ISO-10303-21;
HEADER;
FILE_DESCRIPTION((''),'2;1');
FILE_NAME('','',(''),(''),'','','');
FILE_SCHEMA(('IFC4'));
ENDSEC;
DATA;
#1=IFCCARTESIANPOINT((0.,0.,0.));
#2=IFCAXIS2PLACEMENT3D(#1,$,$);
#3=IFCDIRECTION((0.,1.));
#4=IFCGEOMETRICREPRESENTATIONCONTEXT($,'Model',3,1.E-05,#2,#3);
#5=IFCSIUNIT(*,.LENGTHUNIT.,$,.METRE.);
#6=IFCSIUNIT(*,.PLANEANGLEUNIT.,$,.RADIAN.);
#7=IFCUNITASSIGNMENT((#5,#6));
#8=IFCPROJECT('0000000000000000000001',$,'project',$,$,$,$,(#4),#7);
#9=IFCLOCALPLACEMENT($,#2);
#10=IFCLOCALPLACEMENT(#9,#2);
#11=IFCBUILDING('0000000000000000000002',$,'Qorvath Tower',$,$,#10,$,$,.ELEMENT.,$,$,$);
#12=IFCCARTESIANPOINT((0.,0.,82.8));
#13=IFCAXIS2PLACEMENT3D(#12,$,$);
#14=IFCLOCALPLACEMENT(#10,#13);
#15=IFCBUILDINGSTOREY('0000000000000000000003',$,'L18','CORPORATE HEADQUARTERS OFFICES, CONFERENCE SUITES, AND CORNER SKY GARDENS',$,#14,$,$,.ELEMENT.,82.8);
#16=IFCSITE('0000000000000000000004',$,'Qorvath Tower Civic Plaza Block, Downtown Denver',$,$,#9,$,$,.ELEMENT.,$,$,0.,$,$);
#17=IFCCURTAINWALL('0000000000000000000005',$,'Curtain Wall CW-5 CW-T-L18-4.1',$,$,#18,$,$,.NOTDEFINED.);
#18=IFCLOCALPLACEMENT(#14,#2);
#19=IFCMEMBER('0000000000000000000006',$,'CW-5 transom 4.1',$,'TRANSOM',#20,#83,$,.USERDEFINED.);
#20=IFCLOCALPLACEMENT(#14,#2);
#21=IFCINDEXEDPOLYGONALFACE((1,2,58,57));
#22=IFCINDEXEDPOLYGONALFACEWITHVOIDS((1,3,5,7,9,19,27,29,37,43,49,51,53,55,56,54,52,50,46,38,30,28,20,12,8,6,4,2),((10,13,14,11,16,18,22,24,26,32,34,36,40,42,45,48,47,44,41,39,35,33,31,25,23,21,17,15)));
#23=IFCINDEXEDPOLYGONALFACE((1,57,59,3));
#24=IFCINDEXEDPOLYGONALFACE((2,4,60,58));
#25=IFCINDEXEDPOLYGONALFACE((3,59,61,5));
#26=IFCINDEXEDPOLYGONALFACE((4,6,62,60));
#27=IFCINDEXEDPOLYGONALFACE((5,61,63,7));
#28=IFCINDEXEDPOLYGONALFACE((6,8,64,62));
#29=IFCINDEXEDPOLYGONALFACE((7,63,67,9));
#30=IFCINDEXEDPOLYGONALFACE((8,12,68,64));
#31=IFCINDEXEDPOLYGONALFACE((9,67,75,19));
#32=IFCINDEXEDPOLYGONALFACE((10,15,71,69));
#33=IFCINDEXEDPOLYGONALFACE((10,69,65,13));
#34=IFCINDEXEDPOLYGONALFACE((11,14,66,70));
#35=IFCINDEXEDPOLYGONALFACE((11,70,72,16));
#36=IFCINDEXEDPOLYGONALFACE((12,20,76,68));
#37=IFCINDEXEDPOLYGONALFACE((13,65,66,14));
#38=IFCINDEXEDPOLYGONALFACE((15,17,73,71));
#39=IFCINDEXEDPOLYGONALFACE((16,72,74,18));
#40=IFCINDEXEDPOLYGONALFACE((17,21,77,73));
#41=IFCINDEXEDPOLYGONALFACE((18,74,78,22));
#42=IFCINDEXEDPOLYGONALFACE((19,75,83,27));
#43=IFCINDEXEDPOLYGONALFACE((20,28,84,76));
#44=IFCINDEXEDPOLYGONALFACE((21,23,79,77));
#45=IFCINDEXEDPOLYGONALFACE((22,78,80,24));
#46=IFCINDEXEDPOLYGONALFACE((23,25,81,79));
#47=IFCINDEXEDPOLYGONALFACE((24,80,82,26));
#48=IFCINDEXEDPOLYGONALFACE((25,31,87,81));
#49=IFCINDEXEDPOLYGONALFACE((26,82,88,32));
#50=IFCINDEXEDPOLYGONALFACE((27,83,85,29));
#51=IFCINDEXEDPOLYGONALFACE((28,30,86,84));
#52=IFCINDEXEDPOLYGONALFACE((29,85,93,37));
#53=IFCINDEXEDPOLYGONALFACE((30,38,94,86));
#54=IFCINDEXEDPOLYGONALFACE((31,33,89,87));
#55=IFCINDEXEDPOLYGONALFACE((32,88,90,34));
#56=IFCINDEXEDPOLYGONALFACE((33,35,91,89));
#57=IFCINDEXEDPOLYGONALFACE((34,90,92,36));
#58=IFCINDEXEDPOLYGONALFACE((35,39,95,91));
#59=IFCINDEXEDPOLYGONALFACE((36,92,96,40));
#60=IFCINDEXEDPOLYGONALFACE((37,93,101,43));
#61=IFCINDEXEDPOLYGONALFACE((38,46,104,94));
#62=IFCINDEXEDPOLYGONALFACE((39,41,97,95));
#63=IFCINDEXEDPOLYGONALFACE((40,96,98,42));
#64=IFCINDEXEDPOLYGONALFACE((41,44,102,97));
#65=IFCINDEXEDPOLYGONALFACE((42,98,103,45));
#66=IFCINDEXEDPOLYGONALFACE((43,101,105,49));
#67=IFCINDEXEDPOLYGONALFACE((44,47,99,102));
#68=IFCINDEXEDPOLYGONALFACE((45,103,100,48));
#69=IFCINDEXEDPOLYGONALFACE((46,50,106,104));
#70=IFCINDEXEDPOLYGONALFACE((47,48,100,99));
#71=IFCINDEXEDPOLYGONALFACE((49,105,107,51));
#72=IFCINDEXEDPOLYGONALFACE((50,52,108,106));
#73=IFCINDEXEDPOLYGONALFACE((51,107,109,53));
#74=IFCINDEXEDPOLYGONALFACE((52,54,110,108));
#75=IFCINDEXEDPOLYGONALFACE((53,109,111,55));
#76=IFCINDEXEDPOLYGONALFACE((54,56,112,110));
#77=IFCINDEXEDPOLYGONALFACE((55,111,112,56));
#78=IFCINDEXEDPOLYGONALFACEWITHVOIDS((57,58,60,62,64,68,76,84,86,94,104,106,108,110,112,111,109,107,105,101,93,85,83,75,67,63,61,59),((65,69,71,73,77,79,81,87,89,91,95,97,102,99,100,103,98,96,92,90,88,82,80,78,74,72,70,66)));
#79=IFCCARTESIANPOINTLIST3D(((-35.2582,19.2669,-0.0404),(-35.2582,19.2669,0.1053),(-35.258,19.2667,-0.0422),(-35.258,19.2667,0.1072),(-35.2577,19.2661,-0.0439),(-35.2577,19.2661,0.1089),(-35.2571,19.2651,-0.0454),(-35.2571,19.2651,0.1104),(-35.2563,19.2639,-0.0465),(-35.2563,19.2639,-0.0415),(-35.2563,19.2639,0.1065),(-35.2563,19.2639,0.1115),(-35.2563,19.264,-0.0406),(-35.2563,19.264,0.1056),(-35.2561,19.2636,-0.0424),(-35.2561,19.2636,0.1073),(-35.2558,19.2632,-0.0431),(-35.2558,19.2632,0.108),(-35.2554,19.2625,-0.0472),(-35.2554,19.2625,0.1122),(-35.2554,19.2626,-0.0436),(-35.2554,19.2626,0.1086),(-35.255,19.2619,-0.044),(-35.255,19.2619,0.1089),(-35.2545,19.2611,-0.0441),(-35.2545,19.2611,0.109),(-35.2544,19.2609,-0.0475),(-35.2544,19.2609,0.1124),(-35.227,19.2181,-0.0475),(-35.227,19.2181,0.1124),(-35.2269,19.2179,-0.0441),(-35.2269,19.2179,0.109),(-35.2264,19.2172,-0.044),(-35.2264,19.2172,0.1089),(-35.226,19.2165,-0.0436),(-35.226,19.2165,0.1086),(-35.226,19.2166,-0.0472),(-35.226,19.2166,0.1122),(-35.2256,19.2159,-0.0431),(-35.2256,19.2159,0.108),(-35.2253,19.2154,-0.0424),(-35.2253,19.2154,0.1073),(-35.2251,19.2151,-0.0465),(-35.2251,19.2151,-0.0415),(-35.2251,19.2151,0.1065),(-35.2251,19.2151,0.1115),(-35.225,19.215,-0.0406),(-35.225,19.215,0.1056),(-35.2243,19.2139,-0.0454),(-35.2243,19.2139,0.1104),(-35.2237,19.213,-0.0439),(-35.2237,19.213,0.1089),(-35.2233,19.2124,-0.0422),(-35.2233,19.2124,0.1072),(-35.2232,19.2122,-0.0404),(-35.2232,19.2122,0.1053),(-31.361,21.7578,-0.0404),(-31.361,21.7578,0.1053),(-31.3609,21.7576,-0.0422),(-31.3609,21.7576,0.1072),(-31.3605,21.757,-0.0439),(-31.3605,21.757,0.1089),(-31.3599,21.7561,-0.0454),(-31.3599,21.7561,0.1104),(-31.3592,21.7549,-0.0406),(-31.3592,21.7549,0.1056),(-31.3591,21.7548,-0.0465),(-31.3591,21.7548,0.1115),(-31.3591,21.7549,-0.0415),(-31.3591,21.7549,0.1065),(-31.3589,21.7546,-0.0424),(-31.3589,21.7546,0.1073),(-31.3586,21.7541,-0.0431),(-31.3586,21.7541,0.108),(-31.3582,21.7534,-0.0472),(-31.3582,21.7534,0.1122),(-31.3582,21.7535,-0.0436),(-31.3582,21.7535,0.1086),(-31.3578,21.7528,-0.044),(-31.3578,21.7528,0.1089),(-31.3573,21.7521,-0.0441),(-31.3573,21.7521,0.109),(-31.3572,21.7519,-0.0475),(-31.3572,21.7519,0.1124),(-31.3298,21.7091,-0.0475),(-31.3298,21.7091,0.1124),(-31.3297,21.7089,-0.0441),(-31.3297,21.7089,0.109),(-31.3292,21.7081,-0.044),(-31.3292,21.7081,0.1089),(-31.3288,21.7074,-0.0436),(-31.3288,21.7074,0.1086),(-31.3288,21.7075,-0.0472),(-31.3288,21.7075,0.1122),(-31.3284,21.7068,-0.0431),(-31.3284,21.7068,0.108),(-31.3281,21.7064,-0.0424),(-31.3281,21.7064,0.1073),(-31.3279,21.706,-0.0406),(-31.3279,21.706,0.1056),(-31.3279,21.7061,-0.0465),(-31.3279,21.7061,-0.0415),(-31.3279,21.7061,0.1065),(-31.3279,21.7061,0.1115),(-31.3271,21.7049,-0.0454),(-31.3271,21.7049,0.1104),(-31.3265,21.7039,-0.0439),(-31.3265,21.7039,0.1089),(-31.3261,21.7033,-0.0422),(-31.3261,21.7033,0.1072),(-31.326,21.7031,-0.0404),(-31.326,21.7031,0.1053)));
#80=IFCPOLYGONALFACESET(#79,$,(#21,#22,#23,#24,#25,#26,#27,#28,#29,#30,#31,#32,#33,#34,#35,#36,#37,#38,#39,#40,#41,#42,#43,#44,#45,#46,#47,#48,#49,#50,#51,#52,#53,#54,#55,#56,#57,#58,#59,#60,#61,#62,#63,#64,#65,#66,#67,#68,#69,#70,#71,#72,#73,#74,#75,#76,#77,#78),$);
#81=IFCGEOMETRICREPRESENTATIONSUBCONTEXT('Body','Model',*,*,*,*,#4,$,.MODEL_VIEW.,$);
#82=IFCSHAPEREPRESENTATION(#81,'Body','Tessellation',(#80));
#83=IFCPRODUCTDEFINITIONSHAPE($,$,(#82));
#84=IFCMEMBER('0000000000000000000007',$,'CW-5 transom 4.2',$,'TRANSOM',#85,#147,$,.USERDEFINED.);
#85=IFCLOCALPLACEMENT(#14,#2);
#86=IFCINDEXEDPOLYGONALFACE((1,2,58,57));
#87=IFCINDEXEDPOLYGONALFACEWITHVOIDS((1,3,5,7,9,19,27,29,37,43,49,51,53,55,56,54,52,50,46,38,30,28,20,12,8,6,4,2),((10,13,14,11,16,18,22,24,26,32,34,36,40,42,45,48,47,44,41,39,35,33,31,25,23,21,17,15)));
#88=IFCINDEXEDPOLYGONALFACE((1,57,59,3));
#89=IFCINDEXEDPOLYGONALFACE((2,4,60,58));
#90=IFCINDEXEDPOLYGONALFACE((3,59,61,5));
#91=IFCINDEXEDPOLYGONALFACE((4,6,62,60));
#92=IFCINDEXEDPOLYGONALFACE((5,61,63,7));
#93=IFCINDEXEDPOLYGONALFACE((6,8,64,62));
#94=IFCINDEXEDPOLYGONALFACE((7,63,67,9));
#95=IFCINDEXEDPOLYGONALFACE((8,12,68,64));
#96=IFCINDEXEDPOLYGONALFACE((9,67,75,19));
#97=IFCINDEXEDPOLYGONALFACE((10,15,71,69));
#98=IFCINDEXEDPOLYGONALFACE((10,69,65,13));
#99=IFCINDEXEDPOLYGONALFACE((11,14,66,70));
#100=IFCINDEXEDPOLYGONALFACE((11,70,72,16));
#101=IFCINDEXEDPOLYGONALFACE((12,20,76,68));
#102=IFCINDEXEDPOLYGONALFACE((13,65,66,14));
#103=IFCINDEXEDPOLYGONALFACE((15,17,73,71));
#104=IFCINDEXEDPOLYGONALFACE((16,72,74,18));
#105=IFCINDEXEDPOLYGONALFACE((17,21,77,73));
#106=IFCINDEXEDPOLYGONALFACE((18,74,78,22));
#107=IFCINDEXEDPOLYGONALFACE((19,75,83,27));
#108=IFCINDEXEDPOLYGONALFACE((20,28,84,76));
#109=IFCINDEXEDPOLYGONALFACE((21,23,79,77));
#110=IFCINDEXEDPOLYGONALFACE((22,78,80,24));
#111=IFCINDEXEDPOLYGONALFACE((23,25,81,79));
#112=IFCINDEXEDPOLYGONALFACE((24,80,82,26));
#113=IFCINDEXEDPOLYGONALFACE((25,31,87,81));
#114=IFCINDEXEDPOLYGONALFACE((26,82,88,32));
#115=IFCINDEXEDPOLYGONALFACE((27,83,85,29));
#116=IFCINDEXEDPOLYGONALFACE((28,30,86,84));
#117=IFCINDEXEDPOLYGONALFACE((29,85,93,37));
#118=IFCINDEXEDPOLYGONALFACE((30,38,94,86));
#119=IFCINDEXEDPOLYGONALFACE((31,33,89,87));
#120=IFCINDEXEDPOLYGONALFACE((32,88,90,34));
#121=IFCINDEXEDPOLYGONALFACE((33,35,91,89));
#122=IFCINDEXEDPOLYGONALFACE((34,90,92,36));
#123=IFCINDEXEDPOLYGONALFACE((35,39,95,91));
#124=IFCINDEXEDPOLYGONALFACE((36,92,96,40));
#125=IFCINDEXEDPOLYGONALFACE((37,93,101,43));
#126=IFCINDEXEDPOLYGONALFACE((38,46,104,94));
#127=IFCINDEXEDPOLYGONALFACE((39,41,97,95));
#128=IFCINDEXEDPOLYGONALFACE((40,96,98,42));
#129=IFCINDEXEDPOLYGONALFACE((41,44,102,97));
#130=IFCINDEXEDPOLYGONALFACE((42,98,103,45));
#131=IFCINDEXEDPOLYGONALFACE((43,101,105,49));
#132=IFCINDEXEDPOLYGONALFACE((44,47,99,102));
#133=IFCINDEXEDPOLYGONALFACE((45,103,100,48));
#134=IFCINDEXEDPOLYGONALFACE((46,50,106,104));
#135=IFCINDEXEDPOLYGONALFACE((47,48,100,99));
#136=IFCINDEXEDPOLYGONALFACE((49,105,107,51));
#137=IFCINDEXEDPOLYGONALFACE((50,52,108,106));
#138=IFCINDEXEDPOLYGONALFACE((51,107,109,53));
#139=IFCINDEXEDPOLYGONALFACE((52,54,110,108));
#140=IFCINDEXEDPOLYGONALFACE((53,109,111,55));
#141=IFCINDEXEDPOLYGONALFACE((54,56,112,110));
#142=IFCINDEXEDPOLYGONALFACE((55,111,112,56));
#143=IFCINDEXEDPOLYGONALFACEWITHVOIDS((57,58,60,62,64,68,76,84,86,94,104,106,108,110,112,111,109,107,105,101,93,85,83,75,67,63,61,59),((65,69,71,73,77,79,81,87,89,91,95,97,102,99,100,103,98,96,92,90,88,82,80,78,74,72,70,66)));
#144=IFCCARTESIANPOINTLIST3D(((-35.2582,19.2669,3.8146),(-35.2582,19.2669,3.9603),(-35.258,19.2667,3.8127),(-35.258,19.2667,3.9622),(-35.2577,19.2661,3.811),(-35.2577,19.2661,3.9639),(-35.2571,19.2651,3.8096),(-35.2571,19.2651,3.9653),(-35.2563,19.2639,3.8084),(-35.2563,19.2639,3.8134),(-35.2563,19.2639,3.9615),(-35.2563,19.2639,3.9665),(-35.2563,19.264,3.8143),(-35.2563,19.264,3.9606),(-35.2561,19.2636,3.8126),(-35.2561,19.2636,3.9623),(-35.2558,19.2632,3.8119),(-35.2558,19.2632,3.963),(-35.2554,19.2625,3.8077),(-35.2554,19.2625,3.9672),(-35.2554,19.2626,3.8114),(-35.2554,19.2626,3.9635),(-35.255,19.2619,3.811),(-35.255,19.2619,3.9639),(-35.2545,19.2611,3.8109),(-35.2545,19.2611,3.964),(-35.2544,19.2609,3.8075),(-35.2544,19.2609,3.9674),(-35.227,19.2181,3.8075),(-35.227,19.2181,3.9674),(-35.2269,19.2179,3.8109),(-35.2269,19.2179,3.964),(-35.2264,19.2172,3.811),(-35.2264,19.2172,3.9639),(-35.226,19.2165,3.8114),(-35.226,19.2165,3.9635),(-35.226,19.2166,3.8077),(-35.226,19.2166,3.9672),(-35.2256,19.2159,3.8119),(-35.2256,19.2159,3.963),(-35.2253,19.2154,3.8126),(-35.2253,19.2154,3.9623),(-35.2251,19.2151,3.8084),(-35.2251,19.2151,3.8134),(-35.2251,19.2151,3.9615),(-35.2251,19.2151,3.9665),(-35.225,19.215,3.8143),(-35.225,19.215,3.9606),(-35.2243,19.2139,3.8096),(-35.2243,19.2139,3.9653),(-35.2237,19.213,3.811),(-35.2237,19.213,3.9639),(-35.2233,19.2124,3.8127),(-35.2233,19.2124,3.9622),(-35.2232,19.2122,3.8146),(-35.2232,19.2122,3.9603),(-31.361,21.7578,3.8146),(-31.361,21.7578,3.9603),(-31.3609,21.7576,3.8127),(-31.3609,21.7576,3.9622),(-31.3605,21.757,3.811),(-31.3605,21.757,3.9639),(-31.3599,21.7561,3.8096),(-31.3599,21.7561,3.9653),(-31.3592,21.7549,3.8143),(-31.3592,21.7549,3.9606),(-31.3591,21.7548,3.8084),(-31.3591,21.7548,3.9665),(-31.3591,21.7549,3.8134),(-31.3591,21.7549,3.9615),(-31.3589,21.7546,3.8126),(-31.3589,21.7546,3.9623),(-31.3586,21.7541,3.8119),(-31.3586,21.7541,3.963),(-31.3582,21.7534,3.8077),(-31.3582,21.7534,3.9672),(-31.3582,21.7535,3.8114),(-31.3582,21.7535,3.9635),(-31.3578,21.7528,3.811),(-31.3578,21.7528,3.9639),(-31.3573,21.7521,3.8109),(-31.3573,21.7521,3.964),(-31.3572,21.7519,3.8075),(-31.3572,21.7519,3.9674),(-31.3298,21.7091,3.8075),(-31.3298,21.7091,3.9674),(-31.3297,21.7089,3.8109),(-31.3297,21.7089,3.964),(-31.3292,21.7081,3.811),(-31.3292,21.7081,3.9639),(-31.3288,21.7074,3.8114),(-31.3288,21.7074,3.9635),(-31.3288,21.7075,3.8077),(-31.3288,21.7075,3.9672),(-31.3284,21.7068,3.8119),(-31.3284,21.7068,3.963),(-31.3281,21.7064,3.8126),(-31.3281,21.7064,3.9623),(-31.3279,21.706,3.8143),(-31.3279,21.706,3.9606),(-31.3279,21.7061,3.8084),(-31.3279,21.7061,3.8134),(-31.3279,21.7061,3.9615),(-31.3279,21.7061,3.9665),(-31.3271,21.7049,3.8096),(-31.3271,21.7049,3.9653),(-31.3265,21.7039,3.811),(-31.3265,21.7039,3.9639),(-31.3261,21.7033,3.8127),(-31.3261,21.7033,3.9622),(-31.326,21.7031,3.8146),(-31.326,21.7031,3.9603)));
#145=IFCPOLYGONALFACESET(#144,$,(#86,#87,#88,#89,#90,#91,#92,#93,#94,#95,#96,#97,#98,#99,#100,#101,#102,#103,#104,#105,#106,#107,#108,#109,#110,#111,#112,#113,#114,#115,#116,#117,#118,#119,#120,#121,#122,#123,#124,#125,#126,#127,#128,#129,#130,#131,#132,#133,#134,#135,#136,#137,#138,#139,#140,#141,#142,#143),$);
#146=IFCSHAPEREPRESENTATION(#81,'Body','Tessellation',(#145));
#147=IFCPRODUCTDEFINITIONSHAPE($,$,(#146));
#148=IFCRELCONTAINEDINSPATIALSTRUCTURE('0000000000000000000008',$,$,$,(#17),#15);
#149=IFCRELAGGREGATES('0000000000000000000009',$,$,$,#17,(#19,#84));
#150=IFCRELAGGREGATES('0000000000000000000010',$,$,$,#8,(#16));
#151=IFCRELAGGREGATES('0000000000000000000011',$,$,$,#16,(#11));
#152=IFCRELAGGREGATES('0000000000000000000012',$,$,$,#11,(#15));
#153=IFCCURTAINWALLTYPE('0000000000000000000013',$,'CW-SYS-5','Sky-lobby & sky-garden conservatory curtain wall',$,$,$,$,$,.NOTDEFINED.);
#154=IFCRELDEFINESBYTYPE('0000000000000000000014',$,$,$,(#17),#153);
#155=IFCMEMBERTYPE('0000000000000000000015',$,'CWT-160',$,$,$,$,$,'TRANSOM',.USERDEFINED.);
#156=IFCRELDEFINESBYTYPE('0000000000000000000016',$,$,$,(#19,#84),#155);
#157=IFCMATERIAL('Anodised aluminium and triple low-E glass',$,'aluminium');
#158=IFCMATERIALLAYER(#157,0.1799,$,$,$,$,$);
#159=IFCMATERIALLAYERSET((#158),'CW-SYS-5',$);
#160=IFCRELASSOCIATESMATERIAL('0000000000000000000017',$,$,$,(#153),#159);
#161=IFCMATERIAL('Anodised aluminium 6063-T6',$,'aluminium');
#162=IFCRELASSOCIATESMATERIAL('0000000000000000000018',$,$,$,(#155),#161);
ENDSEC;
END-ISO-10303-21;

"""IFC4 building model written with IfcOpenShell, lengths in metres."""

from ifc_helpers import new_model, si_unit, direction, frame, origin, origin_2d, place, context, subcontext, project, spatial, hollow_rectangle, extrude, material, layer, layer_set, material_profile, profile_set, type_object, element, aggregate, save


model = new_model("IFC4")

# Units and contexts
model_context = context("Model", 3, precision=1e-05, world=origin(), true_north=direction((0.0, 1.0)))
body_context = subcontext(model_context, "Body", "Model", "MODEL_VIEW")
ifc_project = project(units=[si_unit("LENGTHUNIT", "METRE"), si_unit("PLANEANGLEUNIT", "RADIAN")], contexts=[model_context])

# Site, building, storey
site_placement = place(None, origin())
site = spatial("IfcSite", under=ifc_project, at=site_placement, Name="Qorvath Tower Civic Plaza Block, Downtown Denver", CompositionType="ELEMENT", RefElevation=0.0)
building_placement = place(site_placement, origin())
building = spatial("IfcBuilding", under=site, at=building_placement, Name="Qorvath Tower", CompositionType="ELEMENT")
storey_placement = place(building_placement, frame((0.0, 0.0, 82.8)))
storey = spatial("IfcBuildingStorey", under=building, at=storey_placement, Name="L18", Description="CORPORATE HEADQUARTERS OFFICES, CONFERENCE SUITES, AND CORNER SKY GARDENS", CompositionType="ELEMENT", Elevation=82.8)

# Curtain wall
ifc_material_1 = material(Name="Anodised aluminium and triple low-E glass", Category="aluminium")
ifc_layer_1 = layer(ifc_material_1, 0.1799)
ifc_layer_set_1 = layer_set([ifc_layer_1], Name="CW-SYS-5")
curtain_wall_type = type_object("IfcCurtainWallType", Name="CW-SYS-5", Description="Sky-lobby & sky-garden conservatory curtain wall", PredefinedType="NOTDEFINED", material=ifc_layer_set_1)
curtain_wall_1_placement = place(storey_placement, origin())
curtain_wall_1 = element("IfcCurtainWall", 1, at=curtain_wall_1_placement, inside=storey, type_object=curtain_wall_type, Name="Curtain Wall CW-5 CW-T-L18-4.1", PredefinedType="NOTDEFINED")

# Members
ifc_material_2 = material(Name="Anodised aluminium 6063-T6", Category="aluminium")
ifc_material_profile_1 = material_profile(ifc_material_2, hollow_rectangle(XDim=0.0649, YDim=0.1599, WallThickness=0.0034, InnerFilletRadius=0.0034, OuterFilletRadius=0.0071, at=origin_2d()), Name="CWT 160x65")
ifc_profile_set_1 = profile_set([ifc_material_profile_1], Name="Anodised aluminium 6063-T6")
member_type_1 = type_object("IfcMemberType", Name="CWT-160", ElementType="TRANSOM", PredefinedType="USERDEFINED", material=ifc_profile_set_1)
member_1_placement = place(storey_placement, frame((-31.3435, 21.7305, 0.0325), z_axis=(-0.84259, -0.538555, 0.0), x_axis=(0.538555, -0.84259, 0.0)))
member_1 = element("IfcMember", 2, at=member_1_placement, type_object=member_type_1, Name="CW-5 transom 4.1", ObjectType="TRANSOM", PredefinedType="USERDEFINED", context=body_context, shape_type="SweptSolid", body=[
    extrude(hollow_rectangle(XDim=0.0649, YDim=0.1599, WallThickness=0.0034, InnerFilletRadius=0.0034, OuterFilletRadius=0.0071, at=origin_2d()), origin(), (0.0, 0.0, 1.0), 4.6252),
])
member_2_placement = place(storey_placement, frame((-31.3435, 21.7305, 3.8875), z_axis=(-0.84259, -0.538555, 0.0), x_axis=(0.538555, -0.84259, 0.0)))
member_2 = element("IfcMember", 3, at=member_2_placement, type_object=member_type_1, Name="CW-5 transom 4.2", ObjectType="TRANSOM", PredefinedType="USERDEFINED", context=body_context, shape_type="SweptSolid", body=[
    extrude(hollow_rectangle(XDim=0.0649, YDim=0.1599, WallThickness=0.0034, InnerFilletRadius=0.0034, OuterFilletRadius=0.0071, at=origin_2d()), origin(), (0.0, 0.0, 1.0), 4.6252),
])

aggregate(curtain_wall_1, [member_1, member_2])

save(model, "model.ifc")
